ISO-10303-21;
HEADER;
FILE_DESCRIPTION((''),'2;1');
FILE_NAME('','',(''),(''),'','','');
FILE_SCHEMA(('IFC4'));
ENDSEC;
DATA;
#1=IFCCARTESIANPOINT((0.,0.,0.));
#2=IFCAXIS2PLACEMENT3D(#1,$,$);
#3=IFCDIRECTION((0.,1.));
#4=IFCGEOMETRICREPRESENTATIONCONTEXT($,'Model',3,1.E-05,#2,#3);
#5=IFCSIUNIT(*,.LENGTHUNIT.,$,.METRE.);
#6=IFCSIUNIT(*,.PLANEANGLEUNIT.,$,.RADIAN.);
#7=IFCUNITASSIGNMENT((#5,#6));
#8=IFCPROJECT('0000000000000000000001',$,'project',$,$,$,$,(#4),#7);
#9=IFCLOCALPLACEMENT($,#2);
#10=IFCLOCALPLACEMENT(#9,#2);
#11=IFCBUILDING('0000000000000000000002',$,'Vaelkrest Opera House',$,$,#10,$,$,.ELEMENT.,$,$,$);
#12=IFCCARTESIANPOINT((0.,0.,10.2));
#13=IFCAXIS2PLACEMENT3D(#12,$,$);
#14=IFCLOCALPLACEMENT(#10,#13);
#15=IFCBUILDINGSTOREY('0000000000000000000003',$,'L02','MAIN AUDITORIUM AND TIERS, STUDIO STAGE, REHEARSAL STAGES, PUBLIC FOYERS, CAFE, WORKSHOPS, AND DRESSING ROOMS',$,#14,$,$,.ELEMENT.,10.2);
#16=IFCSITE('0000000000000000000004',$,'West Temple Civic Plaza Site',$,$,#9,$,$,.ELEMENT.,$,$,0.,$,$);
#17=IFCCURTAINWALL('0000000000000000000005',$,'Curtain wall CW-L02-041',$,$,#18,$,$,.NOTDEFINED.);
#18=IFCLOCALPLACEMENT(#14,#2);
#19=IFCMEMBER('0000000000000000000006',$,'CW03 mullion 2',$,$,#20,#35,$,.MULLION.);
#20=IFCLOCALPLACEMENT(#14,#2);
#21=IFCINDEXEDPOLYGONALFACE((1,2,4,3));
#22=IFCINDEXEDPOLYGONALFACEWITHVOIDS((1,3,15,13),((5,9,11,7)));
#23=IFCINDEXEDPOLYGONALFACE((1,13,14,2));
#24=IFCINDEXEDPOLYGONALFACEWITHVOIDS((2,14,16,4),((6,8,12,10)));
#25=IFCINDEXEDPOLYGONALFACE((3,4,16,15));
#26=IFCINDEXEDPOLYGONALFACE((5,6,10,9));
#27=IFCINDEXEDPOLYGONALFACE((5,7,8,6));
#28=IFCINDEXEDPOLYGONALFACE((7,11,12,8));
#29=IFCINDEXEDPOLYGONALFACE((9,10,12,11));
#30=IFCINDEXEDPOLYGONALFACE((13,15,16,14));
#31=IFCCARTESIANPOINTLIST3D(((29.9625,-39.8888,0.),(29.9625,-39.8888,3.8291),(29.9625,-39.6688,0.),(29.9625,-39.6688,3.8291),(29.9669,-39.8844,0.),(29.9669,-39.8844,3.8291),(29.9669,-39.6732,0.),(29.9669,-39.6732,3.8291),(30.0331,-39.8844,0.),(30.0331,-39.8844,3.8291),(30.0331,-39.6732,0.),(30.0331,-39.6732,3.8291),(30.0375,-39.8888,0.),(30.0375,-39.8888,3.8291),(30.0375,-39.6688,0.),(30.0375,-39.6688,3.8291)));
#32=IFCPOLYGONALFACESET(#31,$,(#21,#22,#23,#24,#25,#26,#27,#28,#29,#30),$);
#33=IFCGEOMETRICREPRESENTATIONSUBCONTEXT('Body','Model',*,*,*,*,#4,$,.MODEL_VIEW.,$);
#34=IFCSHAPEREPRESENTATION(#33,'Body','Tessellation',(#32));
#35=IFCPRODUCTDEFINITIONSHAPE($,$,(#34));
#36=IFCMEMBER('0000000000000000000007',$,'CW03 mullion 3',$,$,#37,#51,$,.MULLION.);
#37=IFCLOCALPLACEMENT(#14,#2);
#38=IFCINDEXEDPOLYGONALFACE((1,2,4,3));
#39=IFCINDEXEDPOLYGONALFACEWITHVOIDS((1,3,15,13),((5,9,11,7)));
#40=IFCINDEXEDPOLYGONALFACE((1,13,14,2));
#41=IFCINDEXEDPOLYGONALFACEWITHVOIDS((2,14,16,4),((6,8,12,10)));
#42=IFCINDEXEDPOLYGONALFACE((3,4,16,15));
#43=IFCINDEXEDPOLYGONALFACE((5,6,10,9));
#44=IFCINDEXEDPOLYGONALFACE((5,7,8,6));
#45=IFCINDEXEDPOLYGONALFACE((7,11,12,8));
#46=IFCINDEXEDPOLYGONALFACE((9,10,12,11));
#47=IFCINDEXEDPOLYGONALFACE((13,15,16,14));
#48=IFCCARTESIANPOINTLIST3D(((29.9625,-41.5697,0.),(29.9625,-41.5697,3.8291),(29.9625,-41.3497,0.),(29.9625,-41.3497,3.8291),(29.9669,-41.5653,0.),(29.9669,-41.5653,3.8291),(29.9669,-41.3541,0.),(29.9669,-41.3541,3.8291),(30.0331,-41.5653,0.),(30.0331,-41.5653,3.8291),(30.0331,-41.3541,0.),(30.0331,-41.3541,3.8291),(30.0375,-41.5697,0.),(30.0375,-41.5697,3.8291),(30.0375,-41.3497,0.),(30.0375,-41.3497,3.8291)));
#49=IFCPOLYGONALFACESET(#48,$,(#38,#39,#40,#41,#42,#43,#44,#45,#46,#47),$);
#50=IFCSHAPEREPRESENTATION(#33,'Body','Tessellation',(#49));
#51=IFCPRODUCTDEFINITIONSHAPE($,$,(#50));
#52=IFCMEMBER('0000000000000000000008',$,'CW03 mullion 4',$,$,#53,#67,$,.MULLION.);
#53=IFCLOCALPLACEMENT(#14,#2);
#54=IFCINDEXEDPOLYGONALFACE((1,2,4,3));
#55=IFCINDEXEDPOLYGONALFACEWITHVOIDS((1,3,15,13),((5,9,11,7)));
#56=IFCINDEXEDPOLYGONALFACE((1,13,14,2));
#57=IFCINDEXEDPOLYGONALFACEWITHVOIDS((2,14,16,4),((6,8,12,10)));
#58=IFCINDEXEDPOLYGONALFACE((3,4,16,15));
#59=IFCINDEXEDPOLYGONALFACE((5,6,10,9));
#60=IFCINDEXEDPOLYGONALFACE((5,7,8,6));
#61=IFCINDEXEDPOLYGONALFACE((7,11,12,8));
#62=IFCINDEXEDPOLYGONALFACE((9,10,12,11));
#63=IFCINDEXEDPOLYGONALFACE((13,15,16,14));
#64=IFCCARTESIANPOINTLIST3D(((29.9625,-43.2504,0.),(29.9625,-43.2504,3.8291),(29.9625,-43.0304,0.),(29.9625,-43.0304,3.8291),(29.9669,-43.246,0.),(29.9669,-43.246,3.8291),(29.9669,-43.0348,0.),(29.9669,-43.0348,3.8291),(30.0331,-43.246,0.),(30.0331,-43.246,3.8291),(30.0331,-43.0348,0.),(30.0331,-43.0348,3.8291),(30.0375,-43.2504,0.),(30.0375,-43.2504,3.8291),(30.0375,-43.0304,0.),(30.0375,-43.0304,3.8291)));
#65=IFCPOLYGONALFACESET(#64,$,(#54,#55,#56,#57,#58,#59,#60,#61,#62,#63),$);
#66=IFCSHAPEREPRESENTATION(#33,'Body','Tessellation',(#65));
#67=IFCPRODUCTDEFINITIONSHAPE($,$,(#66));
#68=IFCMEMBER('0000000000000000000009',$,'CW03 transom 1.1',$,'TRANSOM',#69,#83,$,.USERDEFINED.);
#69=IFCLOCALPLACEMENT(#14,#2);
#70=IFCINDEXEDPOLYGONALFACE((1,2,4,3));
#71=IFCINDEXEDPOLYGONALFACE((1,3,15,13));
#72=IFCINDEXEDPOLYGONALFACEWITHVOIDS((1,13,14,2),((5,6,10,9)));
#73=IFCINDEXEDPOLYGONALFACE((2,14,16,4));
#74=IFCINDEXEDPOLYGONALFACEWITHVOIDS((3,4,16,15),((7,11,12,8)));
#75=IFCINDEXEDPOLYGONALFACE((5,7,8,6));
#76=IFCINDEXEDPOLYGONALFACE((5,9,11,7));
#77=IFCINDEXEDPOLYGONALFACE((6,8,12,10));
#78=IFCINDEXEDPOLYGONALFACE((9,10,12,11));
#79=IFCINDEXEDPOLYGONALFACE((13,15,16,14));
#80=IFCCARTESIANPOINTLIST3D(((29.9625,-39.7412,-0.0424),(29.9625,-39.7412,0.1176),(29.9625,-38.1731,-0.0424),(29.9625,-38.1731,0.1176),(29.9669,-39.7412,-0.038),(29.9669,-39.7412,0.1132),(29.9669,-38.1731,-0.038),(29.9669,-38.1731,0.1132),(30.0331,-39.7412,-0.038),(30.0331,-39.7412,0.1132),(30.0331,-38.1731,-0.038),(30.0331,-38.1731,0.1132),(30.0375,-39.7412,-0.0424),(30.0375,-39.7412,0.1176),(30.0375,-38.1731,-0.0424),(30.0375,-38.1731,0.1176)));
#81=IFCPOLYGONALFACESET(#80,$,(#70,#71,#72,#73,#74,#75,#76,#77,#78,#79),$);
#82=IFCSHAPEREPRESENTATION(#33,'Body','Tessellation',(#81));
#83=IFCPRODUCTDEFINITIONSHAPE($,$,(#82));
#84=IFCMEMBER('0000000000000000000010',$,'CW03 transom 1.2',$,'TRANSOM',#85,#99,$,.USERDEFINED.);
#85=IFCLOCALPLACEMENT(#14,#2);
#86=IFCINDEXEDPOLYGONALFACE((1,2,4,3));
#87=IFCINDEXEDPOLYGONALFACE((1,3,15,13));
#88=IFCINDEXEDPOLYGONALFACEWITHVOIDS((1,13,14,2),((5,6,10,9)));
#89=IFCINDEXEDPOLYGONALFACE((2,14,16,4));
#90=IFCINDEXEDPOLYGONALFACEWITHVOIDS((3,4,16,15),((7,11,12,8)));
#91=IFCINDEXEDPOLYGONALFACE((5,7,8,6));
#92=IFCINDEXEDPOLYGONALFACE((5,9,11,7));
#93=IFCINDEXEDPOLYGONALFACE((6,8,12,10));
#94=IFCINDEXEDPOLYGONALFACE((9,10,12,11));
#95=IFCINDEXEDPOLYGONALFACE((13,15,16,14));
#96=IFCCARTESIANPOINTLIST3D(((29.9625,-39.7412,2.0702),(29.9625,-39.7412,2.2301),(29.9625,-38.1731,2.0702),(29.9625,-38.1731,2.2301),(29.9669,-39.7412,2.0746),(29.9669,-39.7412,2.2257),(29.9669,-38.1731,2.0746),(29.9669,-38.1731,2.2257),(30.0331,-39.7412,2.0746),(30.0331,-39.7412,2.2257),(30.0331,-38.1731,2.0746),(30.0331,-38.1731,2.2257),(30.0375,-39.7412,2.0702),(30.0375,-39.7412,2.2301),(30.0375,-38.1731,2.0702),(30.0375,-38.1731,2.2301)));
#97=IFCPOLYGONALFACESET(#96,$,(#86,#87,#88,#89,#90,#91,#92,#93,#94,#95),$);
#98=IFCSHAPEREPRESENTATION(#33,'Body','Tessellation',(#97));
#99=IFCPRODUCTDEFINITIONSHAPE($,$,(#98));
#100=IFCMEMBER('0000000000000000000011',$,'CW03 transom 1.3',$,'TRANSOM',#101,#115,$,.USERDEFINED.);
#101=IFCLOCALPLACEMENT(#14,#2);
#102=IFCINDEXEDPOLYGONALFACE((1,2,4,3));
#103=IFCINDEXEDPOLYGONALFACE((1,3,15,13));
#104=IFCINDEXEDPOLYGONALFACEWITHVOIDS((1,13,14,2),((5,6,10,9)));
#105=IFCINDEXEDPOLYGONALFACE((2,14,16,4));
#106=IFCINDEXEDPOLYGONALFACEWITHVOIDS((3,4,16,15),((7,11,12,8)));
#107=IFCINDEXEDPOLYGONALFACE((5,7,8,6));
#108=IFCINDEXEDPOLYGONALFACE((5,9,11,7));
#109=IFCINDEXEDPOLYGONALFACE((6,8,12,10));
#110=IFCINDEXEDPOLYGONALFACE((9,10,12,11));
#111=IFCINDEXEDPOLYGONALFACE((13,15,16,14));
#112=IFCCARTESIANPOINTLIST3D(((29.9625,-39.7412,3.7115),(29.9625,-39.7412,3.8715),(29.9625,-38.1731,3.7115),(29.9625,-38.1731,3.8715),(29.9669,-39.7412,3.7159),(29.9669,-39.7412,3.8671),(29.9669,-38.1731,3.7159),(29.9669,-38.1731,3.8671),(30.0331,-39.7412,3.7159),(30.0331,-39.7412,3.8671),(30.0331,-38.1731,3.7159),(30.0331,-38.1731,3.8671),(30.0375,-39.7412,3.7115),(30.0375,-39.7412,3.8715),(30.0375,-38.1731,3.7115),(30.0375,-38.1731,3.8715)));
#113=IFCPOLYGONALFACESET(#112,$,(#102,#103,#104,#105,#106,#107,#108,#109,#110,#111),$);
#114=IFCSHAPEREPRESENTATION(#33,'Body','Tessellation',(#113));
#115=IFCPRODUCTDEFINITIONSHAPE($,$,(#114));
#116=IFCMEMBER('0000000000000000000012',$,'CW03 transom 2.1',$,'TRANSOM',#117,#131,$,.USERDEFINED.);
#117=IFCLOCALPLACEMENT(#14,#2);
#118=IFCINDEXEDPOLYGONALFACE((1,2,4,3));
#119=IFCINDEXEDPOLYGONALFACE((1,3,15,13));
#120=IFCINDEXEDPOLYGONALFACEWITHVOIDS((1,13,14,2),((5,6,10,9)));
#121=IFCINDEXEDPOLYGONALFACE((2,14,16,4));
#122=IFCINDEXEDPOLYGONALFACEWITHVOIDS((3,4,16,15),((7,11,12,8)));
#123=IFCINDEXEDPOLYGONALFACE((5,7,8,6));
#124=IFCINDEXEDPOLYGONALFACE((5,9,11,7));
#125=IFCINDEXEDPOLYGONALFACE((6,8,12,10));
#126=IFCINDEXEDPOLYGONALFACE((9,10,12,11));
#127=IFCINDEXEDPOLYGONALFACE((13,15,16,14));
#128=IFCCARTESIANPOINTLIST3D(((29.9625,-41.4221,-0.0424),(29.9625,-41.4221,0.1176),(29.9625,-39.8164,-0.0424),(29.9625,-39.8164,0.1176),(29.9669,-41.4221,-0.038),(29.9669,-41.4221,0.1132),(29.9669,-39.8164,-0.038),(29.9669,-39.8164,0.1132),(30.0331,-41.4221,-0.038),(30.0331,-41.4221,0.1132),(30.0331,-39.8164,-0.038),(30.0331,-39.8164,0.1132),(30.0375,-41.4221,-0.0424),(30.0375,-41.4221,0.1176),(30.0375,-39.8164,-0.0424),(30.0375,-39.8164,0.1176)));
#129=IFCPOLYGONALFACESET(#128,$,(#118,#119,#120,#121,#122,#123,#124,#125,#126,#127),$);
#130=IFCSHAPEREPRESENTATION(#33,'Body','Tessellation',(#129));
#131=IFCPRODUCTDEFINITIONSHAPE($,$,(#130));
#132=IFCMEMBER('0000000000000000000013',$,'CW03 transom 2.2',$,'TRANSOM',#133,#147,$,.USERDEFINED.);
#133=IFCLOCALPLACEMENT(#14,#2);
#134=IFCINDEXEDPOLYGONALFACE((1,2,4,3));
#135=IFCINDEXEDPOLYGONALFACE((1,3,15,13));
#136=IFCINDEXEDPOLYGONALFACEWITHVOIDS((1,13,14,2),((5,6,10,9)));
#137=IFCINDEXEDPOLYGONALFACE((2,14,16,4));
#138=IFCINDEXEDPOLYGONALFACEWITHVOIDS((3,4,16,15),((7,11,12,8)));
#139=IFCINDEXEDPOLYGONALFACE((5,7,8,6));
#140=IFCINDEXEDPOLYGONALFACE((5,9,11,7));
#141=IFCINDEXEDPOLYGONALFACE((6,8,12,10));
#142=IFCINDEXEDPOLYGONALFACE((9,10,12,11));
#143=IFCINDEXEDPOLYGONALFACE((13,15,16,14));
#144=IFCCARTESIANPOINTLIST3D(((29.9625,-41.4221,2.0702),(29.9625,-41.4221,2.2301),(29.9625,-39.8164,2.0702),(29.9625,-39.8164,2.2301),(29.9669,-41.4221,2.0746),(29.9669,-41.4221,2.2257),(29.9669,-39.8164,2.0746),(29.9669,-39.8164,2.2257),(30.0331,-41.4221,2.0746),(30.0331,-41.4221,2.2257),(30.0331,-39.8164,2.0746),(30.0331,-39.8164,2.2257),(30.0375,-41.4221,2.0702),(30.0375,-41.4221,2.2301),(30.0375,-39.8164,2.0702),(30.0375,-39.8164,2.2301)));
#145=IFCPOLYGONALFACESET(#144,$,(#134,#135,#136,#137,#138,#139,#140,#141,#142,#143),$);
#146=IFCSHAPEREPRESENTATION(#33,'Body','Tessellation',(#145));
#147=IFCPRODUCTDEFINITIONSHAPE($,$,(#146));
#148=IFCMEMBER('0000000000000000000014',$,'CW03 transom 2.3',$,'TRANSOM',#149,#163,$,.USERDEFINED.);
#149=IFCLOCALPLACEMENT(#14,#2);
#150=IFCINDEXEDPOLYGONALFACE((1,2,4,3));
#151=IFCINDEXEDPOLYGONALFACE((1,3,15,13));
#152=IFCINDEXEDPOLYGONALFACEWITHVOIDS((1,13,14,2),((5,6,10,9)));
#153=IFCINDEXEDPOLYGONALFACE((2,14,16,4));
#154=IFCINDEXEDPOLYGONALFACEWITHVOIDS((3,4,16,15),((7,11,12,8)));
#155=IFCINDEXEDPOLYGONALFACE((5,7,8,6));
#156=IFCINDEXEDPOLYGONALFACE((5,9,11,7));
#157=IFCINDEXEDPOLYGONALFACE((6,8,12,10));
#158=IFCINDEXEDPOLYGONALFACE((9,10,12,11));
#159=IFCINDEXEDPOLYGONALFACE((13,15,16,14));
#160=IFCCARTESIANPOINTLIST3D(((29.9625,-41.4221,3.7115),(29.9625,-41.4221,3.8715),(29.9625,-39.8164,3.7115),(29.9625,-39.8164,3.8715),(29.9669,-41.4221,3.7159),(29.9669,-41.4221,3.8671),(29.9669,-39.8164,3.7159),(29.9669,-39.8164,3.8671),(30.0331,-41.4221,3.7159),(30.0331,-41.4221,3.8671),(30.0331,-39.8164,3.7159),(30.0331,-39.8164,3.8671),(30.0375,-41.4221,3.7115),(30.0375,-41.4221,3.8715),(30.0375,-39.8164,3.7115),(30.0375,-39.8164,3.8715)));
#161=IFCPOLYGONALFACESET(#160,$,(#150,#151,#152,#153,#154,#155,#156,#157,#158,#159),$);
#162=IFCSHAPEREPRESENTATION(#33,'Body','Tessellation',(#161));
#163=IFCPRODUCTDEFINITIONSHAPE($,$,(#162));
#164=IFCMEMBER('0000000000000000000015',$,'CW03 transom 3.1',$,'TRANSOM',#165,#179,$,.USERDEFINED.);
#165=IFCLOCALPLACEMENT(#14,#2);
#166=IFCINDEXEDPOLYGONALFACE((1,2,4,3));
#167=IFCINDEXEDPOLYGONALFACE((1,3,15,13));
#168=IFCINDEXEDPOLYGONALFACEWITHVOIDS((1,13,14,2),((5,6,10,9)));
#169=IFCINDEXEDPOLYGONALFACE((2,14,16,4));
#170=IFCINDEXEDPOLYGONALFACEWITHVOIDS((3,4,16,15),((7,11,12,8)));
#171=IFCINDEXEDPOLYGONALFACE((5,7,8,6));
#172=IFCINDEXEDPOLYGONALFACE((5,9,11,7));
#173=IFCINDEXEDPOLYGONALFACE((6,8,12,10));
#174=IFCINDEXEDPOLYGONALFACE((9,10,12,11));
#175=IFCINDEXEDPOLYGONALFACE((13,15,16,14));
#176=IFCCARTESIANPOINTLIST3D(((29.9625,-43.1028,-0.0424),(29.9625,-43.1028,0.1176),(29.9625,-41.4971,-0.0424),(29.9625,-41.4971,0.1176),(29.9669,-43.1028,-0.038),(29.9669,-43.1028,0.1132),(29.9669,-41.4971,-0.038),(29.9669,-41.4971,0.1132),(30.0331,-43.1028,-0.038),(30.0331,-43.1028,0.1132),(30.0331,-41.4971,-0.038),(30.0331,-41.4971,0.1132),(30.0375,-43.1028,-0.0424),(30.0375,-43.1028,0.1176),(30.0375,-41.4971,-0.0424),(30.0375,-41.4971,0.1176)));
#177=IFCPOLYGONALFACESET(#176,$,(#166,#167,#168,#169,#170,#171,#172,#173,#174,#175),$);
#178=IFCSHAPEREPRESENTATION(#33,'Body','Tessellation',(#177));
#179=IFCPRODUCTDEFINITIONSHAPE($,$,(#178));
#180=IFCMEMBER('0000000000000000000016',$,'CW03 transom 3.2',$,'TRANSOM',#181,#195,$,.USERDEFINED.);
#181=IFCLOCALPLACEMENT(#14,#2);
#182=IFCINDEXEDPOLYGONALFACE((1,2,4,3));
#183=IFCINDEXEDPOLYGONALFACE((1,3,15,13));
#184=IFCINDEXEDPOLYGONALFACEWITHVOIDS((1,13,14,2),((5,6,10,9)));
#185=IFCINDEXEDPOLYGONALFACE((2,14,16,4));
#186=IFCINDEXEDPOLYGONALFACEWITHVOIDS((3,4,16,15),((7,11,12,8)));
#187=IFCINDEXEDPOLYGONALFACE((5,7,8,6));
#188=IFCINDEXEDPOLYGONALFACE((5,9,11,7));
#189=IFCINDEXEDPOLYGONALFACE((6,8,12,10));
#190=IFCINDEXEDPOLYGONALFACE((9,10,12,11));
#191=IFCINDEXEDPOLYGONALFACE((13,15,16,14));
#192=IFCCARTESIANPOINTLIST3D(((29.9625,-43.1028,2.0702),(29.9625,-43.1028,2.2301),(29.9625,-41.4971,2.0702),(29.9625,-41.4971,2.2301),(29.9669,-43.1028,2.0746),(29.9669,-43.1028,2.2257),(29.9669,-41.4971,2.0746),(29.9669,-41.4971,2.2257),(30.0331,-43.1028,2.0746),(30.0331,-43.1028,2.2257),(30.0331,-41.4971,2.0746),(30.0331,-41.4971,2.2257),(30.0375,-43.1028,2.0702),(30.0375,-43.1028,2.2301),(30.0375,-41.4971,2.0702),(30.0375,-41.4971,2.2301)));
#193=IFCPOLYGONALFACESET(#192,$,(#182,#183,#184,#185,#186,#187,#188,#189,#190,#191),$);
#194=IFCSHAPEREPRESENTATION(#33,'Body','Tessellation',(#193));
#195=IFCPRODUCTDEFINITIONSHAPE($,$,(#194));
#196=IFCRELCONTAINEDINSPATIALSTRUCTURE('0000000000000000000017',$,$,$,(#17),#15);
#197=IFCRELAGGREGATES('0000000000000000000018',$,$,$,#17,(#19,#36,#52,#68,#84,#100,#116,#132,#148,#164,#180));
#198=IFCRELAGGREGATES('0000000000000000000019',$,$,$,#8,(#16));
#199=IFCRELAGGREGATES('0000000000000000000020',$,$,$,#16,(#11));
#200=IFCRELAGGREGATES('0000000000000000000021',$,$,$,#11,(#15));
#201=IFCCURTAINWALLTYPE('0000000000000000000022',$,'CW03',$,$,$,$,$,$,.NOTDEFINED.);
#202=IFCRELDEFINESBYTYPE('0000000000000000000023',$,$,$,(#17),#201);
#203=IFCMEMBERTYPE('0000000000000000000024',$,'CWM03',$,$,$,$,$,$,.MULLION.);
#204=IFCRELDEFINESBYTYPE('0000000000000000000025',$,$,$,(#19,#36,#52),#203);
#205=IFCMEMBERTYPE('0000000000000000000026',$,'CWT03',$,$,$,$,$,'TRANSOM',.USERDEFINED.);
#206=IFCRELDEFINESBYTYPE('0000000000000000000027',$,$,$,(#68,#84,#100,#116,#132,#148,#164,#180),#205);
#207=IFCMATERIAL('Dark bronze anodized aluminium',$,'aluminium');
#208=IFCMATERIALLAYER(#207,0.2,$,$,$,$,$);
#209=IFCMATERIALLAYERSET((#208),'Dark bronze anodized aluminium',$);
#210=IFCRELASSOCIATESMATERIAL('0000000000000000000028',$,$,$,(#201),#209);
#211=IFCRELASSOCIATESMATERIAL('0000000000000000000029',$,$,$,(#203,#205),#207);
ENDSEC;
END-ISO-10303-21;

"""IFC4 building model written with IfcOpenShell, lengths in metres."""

from ifc_helpers import new_model, si_unit, direction, frame, origin, origin_2d, place, context, subcontext, project, spatial, hollow_rectangle, extrude, material, layer, layer_set, material_profile, profile_set, type_object, element, aggregate, save


model = new_model("IFC4")

# Units and contexts
model_context = context("Model", 3, precision=1e-05, world=origin(), true_north=direction((0.0, 1.0)))
body_context = subcontext(model_context, "Body", "Model", "MODEL_VIEW")
ifc_project = project(units=[si_unit("LENGTHUNIT", "METRE"), si_unit("PLANEANGLEUNIT", "RADIAN")], contexts=[model_context])

# Site, building, storey
site_placement = place(None, origin())
site = spatial("IfcSite", under=ifc_project, at=site_placement, Name="West Temple Civic Plaza Site", CompositionType="ELEMENT", RefElevation=0.0)
building_placement = place(site_placement, origin())
building = spatial("IfcBuilding", under=site, at=building_placement, Name="Vaelkrest Opera House", CompositionType="ELEMENT")
storey_placement = place(building_placement, frame((0.0, 0.0, 10.2)))
storey = spatial("IfcBuildingStorey", under=building, at=storey_placement, Name="L02", Description="MAIN AUDITORIUM AND TIERS, STUDIO STAGE, REHEARSAL STAGES, PUBLIC FOYERS, CAFE, WORKSHOPS, AND DRESSING ROOMS", CompositionType="ELEMENT", Elevation=10.2)

# Curtain wall, members
ifc_material_1 = material(Name="Dark bronze anodized aluminium", Category="aluminium")
ifc_layer_1 = layer(ifc_material_1, 0.2)
ifc_layer_set_1 = layer_set([ifc_layer_1], Name="Dark bronze anodized aluminium")
curtain_wall_type = type_object("IfcCurtainWallType", Name="CW03", PredefinedType="NOTDEFINED", material=ifc_layer_set_1)
curtain_wall_placement = place(storey_placement, origin())
curtain_wall = element("IfcCurtainWall", 1, at=curtain_wall_placement, inside=storey, type_object=curtain_wall_type, Name="Curtain wall CW-L02-041", PredefinedType="NOTDEFINED")
ifc_material_profile_1 = material_profile(ifc_material_1, hollow_rectangle(XDim=0.075, YDim=0.22, WallThickness=0.0044, at=origin_2d()), Name="CWM75X220")
ifc_profile_set_1 = profile_set([ifc_material_profile_1], Name="Dark bronze anodized aluminium")
member_type_1 = type_object("IfcMemberType", Name="CWM03", PredefinedType="MULLION", material=ifc_profile_set_1)
member_1_placement = place(storey_placement, frame((30.0, -39.7788, 0.0), z_axis=(0.0, 0.0, 1.0), x_axis=(1.0, 0.0, 0.0)))
member_1 = element("IfcMember", 2, at=member_1_placement, type_object=member_type_1, Name="CW03 mullion 2", PredefinedType="MULLION", context=body_context, shape_type="SweptSolid", body=[
    extrude(hollow_rectangle(XDim=0.075, YDim=0.22, WallThickness=0.0044, at=origin_2d()), origin(), (0.0, 0.0, 1.0), 3.8291),
])
member_2_placement = place(storey_placement, frame((30.0, -41.4597, 0.0), z_axis=(0.0, 0.0, 1.0), x_axis=(1.0, 0.0, 0.0)))
member_2 = element("IfcMember", 3, at=member_2_placement, type_object=member_type_1, Name="CW03 mullion 3", PredefinedType="MULLION", context=body_context, shape_type="SweptSolid", body=[
    extrude(hollow_rectangle(XDim=0.075, YDim=0.22, WallThickness=0.0044, at=origin_2d()), origin(), (0.0, 0.0, 1.0), 3.8291),
])
member_3_placement = place(storey_placement, frame((30.0, -43.1404, 0.0), z_axis=(0.0, 0.0, 1.0), x_axis=(1.0, 0.0, 0.0)))
member_3 = element("IfcMember", 4, at=member_3_placement, type_object=member_type_1, Name="CW03 mullion 4", PredefinedType="MULLION", context=body_context, shape_type="SweptSolid", body=[
    extrude(hollow_rectangle(XDim=0.075, YDim=0.22, WallThickness=0.0044, at=origin_2d()), origin(), (0.0, 0.0, 1.0), 3.8291),
])
ifc_material_profile_2 = material_profile(ifc_material_1, hollow_rectangle(XDim=0.075, YDim=0.1599, WallThickness=0.0044, at=origin_2d()), Name="CWT75X160")
ifc_profile_set_2 = profile_set([ifc_material_profile_2], Name="Dark bronze anodized aluminium")
member_type_2 = type_object("IfcMemberType", Name="CWT03", ElementType="TRANSOM", PredefinedType="USERDEFINED", material=ifc_profile_set_2)
member_4_placement = place(storey_placement, frame((30.0, -38.1731, 0.0376), z_axis=(0.0, -1.0, 0.0), x_axis=(1.0, 0.0, 0.0)))
member_4 = element("IfcMember", 5, at=member_4_placement, type_object=member_type_2, Name="CW03 transom 1.1", ObjectType="TRANSOM", PredefinedType="USERDEFINED", context=body_context, shape_type="SweptSolid", body=[
    extrude(hollow_rectangle(XDim=0.075, YDim=0.1599, WallThickness=0.0044, at=origin_2d()), origin(), (0.0, 0.0, 1.0), 1.5681),
])
member_5_placement = place(storey_placement, frame((30.0, -38.1731, 2.1501), z_axis=(0.0, -1.0, 0.0), x_axis=(1.0, 0.0, 0.0)))
member_5 = element("IfcMember", 6, at=member_5_placement, type_object=member_type_2, Name="CW03 transom 1.2", ObjectType="TRANSOM", PredefinedType="USERDEFINED", context=body_context, shape_type="SweptSolid", body=[
    extrude(hollow_rectangle(XDim=0.075, YDim=0.1599, WallThickness=0.0044, at=origin_2d()), origin(), (0.0, 0.0, 1.0), 1.5681),
])
member_6_placement = place(storey_placement, frame((30.0, -38.1731, 3.7915), z_axis=(0.0, -1.0, 0.0), x_axis=(1.0, 0.0, 0.0)))
member_6 = element("IfcMember", 7, at=member_6_placement, type_object=member_type_2, Name="CW03 transom 1.3", ObjectType="TRANSOM", PredefinedType="USERDEFINED", context=body_context, shape_type="SweptSolid", body=[
    extrude(hollow_rectangle(XDim=0.075, YDim=0.1599, WallThickness=0.0044, at=origin_2d()), origin(), (0.0, 0.0, 1.0), 1.5681),
])
member_7_placement = place(storey_placement, frame((30.0, -39.8164, 0.0376), z_axis=(0.0, -1.0, 0.0), x_axis=(1.0, 0.0, 0.0)))
member_7 = element("IfcMember", 8, at=member_7_placement, type_object=member_type_2, Name="CW03 transom 2.1", ObjectType="TRANSOM", PredefinedType="USERDEFINED", context=body_context, shape_type="SweptSolid", body=[
    extrude(hollow_rectangle(XDim=0.075, YDim=0.1599, WallThickness=0.0044, at=origin_2d()), origin(), (0.0, 0.0, 1.0), 1.6057),
])
member_8_placement = place(storey_placement, frame((30.0, -39.8164, 2.1501), z_axis=(0.0, -1.0, 0.0), x_axis=(1.0, 0.0, 0.0)))
member_8 = element("IfcMember", 9, at=member_8_placement, type_object=member_type_2, Name="CW03 transom 2.2", ObjectType="TRANSOM", PredefinedType="USERDEFINED", context=body_context, shape_type="SweptSolid", body=[
    extrude(hollow_rectangle(XDim=0.075, YDim=0.1599, WallThickness=0.0044, at=origin_2d()), origin(), (0.0, 0.0, 1.0), 1.6057),
])
member_9_placement = place(storey_placement, frame((30.0, -39.8164, 3.7915), z_axis=(0.0, -1.0, 0.0), x_axis=(1.0, 0.0, 0.0)))
member_9 = element("IfcMember", 10, at=member_9_placement, type_object=member_type_2, Name="CW03 transom 2.3", ObjectType="TRANSOM", PredefinedType="USERDEFINED", context=body_context, shape_type="SweptSolid", body=[
    extrude(hollow_rectangle(XDim=0.075, YDim=0.1599, WallThickness=0.0044, at=origin_2d()), origin(), (0.0, 0.0, 1.0), 1.6057),
])
member_10_placement = place(storey_placement, frame((30.0, -41.4971, 0.0376), z_axis=(0.0, -1.0, 0.0), x_axis=(1.0, 0.0, 0.0)))
member_10 = element("IfcMember", 11, at=member_10_placement, type_object=member_type_2, Name="CW03 transom 3.1", ObjectType="TRANSOM", PredefinedType="USERDEFINED", context=body_context, shape_type="SweptSolid", body=[
    extrude(hollow_rectangle(XDim=0.075, YDim=0.1599, WallThickness=0.0044, at=origin_2d()), origin(), (0.0, 0.0, 1.0), 1.6057),
])
member_11_placement = place(storey_placement, frame((30.0, -41.4971, 2.1501), z_axis=(0.0, -1.0, 0.0), x_axis=(1.0, 0.0, 0.0)))
member_11 = element("IfcMember", 12, at=member_11_placement, type_object=member_type_2, Name="CW03 transom 3.2", ObjectType="TRANSOM", PredefinedType="USERDEFINED", context=body_context, shape_type="SweptSolid", body=[
    extrude(hollow_rectangle(XDim=0.075, YDim=0.1599, WallThickness=0.0044, at=origin_2d()), origin(), (0.0, 0.0, 1.0), 1.6057),
])
aggregate(curtain_wall, [member_1, member_2, member_3, member_4, member_5, member_6, member_7, member_8, member_9, member_10, member_11])

save(model, "model.ifc")
